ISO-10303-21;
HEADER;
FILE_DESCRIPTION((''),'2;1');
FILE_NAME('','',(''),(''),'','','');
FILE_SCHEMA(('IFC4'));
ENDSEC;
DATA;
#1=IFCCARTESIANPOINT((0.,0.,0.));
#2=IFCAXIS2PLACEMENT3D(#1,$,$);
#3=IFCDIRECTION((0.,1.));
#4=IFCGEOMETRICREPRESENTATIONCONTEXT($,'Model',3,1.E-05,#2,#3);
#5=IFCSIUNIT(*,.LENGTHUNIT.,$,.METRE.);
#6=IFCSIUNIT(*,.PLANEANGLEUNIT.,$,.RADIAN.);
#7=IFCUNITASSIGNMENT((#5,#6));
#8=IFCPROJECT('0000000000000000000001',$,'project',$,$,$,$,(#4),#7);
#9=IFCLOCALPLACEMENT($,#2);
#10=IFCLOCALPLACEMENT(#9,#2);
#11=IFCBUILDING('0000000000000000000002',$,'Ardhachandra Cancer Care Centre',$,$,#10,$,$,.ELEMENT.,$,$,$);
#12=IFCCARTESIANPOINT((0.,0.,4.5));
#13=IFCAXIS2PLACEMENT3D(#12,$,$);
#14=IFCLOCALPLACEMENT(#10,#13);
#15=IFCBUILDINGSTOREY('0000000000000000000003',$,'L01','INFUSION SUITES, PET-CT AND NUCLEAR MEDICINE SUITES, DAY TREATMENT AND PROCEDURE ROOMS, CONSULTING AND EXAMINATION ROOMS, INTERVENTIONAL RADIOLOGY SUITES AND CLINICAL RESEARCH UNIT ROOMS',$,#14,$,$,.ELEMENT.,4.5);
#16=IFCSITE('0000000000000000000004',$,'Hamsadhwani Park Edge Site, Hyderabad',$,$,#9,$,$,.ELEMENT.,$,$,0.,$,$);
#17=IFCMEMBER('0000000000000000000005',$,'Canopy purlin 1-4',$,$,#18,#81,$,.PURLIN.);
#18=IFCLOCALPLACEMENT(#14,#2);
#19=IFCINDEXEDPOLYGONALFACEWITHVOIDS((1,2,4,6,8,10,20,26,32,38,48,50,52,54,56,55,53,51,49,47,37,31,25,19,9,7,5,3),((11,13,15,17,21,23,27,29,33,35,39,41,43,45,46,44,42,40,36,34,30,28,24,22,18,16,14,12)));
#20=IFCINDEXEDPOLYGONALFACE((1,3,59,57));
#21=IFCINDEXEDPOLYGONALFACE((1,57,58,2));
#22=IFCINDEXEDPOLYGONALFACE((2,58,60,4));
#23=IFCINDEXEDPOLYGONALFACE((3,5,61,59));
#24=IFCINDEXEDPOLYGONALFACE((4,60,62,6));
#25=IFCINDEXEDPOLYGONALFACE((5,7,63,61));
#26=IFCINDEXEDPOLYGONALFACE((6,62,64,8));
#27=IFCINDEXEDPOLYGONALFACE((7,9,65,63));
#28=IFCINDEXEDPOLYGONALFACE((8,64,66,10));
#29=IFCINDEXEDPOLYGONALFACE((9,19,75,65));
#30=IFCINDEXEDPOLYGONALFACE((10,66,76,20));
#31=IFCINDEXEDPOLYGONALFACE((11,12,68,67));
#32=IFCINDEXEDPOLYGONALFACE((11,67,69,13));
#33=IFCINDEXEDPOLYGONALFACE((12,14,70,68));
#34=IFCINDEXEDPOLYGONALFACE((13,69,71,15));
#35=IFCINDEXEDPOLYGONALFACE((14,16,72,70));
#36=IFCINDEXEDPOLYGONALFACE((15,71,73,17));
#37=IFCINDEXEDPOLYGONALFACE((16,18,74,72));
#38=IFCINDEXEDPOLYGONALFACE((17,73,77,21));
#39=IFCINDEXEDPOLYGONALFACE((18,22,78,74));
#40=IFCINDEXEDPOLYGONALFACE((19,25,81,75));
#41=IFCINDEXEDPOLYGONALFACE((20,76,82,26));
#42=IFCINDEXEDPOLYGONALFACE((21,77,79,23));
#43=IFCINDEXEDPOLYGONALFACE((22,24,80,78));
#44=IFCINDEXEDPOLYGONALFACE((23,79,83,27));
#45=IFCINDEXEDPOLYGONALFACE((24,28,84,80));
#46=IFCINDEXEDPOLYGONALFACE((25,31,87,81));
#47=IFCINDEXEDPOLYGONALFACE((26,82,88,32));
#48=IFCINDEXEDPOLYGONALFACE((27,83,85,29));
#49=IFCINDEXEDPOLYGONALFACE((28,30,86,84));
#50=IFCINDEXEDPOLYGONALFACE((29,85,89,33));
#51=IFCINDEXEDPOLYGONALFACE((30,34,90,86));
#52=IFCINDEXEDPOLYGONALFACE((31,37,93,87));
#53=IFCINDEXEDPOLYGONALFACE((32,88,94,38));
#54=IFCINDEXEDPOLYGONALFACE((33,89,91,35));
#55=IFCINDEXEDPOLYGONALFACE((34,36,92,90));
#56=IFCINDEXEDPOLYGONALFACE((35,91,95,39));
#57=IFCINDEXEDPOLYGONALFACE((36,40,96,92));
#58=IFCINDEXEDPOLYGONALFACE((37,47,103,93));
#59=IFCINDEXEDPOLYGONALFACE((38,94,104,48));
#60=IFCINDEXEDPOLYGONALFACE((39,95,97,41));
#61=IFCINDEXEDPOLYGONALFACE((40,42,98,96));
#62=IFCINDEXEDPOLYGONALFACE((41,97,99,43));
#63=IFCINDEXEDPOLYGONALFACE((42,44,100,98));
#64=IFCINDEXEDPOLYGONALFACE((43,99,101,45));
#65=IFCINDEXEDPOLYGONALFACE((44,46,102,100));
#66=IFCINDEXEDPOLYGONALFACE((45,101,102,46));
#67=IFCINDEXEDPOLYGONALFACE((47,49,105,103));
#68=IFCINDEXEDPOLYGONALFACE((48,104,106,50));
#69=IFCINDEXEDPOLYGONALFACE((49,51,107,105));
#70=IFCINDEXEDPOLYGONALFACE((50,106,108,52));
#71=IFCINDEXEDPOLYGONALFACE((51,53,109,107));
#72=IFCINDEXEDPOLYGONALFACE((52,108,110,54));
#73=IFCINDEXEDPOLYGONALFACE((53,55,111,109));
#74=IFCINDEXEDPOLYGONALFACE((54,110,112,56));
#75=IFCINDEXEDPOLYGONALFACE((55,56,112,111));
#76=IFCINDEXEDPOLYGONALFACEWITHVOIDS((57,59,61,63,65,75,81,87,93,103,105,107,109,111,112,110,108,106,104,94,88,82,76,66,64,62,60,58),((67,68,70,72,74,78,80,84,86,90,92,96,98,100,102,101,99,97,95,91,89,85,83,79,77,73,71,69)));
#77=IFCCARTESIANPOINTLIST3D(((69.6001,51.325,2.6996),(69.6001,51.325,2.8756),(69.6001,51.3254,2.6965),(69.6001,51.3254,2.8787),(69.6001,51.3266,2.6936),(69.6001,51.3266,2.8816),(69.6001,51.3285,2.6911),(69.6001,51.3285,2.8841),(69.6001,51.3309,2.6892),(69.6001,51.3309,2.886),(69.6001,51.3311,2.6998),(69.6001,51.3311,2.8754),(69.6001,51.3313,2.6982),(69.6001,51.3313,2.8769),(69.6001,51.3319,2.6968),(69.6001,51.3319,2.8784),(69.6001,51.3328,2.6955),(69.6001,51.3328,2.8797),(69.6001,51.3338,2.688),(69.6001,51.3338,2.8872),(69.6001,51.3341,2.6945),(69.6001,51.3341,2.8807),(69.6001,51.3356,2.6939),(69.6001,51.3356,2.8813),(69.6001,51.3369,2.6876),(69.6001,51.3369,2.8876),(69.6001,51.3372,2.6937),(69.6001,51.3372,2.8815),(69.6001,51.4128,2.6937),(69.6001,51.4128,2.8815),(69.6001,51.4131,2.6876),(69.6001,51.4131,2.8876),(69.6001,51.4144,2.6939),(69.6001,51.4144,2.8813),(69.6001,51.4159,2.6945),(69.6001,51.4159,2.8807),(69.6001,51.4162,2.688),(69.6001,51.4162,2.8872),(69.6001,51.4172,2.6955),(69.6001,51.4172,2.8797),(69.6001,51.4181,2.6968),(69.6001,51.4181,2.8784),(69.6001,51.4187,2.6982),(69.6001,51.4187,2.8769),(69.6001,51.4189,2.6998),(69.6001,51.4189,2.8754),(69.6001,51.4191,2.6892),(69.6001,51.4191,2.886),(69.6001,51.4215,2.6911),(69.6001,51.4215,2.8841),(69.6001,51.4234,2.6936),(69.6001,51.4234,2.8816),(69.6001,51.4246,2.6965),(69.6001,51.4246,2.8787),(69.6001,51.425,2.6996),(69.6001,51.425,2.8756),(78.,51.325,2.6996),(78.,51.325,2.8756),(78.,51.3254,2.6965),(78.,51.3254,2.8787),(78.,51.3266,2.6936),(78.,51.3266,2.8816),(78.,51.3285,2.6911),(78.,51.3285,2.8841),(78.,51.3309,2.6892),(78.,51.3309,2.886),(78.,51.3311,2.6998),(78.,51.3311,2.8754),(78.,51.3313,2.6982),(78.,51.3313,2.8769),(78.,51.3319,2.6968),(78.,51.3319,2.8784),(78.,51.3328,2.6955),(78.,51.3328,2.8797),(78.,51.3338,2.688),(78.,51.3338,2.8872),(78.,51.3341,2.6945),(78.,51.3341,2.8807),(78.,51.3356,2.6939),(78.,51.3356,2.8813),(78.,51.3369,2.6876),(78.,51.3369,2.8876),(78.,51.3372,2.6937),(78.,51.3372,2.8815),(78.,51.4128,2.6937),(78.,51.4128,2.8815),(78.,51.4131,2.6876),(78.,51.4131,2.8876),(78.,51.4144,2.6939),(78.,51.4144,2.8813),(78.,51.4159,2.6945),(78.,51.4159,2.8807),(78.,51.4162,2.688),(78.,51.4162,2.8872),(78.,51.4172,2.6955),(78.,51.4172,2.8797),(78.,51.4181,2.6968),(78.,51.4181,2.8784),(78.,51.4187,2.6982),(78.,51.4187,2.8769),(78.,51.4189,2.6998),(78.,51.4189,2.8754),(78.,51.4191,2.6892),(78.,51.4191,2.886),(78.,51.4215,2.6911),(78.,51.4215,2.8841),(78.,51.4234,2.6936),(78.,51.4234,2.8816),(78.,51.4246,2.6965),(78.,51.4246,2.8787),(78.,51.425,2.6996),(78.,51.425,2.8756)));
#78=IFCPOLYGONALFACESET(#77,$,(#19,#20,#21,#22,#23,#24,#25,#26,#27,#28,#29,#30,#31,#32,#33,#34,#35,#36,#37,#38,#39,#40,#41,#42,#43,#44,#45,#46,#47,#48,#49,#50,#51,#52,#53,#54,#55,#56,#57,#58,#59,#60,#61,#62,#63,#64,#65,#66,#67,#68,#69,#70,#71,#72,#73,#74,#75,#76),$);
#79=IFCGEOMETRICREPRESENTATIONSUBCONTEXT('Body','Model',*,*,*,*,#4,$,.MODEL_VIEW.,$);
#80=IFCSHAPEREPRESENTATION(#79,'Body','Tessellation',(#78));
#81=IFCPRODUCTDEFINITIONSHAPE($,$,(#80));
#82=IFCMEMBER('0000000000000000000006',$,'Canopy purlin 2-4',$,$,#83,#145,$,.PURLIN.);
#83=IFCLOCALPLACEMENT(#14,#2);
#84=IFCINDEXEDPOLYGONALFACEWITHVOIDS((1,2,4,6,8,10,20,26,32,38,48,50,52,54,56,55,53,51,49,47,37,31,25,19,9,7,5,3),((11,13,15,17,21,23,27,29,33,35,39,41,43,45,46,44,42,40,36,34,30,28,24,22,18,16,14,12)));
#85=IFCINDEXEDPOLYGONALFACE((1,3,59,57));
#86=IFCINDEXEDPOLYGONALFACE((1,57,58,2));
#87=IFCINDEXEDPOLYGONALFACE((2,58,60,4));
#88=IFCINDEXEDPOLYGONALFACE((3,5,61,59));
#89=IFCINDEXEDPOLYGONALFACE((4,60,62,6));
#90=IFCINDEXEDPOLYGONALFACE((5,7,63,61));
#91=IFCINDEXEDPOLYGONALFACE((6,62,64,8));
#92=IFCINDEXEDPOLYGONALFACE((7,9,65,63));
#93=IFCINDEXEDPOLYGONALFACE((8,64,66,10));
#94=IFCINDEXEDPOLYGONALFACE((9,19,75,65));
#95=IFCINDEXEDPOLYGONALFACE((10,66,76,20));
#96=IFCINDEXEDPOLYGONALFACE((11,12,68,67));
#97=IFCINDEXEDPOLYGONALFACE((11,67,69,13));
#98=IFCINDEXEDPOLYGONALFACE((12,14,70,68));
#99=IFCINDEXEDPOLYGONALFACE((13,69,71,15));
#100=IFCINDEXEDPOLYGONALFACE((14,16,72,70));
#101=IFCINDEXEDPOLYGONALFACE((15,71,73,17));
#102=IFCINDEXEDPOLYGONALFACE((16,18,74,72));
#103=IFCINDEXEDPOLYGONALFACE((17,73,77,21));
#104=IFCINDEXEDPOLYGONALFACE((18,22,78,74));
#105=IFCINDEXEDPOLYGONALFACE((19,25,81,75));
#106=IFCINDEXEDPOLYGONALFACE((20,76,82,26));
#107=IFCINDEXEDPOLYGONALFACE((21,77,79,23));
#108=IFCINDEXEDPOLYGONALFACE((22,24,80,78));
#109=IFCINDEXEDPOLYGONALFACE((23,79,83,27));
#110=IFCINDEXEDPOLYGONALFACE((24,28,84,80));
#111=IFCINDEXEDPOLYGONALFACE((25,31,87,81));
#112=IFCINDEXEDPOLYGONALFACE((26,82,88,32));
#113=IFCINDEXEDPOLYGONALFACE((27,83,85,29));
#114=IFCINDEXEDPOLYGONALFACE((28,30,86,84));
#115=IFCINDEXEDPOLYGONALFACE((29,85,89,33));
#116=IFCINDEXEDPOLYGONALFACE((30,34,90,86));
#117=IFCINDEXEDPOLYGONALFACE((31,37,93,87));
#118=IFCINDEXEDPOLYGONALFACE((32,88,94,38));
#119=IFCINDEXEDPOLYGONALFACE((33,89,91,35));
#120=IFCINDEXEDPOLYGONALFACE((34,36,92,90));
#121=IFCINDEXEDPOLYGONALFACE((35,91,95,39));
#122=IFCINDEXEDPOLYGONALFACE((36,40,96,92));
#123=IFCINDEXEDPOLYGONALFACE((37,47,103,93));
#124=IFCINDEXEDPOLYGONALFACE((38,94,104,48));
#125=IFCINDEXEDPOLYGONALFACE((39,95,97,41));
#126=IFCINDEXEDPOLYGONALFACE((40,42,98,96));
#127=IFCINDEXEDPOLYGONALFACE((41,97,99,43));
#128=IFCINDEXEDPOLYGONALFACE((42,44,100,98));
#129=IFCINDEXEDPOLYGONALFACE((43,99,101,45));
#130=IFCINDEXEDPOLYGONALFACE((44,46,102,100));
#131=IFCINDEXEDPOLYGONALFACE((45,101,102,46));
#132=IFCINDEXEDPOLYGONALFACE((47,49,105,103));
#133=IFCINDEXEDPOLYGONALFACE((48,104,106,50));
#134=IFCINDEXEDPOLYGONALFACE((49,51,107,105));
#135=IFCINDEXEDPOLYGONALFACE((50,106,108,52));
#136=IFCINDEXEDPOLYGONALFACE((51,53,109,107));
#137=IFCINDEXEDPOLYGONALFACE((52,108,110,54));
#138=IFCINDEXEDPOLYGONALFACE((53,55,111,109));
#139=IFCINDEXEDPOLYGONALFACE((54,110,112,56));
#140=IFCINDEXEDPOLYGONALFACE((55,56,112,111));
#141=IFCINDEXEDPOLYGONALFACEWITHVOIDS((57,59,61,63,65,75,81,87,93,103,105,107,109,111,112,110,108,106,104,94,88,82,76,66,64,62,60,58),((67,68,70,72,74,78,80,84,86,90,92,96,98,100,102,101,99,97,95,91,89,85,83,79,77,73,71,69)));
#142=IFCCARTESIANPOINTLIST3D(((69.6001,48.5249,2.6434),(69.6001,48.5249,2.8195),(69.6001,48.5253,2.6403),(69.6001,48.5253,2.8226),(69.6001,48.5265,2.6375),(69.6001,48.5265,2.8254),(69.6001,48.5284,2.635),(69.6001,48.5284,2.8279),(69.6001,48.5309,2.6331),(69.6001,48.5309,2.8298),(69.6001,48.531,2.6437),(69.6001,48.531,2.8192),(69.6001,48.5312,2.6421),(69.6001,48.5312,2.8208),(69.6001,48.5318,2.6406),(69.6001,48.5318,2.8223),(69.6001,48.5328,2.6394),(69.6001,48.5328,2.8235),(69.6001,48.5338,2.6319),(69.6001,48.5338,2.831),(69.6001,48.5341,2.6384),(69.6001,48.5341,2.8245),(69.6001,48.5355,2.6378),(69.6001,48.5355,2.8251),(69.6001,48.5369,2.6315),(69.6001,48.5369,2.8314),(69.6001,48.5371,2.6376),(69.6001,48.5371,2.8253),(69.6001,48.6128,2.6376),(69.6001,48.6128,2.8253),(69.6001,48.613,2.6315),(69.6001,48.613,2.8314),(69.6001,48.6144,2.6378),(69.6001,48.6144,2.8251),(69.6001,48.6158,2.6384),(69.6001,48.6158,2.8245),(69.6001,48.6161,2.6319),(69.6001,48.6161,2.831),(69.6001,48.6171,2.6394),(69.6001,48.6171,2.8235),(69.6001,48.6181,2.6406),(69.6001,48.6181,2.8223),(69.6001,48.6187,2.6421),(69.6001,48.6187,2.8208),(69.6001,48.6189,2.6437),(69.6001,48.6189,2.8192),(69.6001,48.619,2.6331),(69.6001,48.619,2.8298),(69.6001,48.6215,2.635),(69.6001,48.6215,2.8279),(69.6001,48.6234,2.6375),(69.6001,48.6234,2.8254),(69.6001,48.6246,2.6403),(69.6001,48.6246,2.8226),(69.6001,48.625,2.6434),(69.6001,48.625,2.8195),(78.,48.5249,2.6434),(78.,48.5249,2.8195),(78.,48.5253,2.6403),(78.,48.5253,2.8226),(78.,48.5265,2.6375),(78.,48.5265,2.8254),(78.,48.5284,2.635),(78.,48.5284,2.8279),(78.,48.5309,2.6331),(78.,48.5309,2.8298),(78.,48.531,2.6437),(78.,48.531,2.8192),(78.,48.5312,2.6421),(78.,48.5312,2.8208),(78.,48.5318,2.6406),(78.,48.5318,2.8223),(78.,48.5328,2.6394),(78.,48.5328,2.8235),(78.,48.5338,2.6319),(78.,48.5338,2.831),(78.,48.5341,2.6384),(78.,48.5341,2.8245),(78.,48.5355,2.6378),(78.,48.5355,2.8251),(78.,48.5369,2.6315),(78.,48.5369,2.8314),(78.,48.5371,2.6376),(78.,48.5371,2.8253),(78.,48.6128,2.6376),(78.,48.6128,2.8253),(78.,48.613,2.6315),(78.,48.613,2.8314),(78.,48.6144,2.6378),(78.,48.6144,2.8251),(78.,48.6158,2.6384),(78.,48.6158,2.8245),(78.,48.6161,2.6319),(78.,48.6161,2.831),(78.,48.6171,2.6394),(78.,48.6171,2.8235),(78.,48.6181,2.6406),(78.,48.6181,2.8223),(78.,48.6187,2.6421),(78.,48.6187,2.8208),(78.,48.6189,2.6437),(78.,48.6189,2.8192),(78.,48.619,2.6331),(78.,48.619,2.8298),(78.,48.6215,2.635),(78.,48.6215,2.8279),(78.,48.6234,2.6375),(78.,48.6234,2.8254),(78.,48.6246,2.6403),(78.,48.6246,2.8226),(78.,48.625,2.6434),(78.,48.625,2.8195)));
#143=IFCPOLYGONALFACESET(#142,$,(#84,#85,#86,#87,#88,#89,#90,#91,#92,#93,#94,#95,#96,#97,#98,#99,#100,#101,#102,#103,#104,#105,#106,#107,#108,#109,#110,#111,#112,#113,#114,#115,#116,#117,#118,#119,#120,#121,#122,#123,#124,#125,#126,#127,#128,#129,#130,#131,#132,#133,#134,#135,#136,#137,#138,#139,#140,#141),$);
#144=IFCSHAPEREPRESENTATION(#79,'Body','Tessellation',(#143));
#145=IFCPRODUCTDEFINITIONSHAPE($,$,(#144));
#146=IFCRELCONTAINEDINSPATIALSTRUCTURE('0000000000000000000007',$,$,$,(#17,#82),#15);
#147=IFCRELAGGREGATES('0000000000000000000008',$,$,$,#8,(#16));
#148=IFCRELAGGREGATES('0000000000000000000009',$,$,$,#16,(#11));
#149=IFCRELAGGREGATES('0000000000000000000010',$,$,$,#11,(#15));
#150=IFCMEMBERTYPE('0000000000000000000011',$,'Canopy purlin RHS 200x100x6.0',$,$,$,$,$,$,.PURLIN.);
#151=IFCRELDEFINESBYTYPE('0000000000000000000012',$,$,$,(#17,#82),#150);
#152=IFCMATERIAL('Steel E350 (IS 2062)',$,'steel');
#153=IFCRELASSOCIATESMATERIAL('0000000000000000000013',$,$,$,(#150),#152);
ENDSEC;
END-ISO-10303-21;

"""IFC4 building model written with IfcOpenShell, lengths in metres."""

from ifc_helpers import new_model, si_unit, direction, frame, origin, origin_2d, place, context, subcontext, project, spatial, hollow_rectangle, extrude, material, material_profile, profile_set, type_object, element, save


model = new_model("IFC4")

# Units and contexts
model_context = context("Model", 3, precision=1e-05, world=origin(), true_north=direction((0.0, 1.0)))
body_context = subcontext(model_context, "Body", "Model", "MODEL_VIEW")
ifc_project = project(units=[si_unit("LENGTHUNIT", "METRE"), si_unit("PLANEANGLEUNIT", "RADIAN")], contexts=[model_context])

# Site, building, storey
site_placement = place(None, origin())
site = spatial("IfcSite", under=ifc_project, at=site_placement, Name="Hamsadhwani Park Edge Site, Hyderabad", CompositionType="ELEMENT", RefElevation=0.0)
building_placement = place(site_placement, origin())
building = spatial("IfcBuilding", under=site, at=building_placement, Name="Ardhachandra Cancer Care Centre", CompositionType="ELEMENT")
storey_placement = place(building_placement, frame((0.0, 0.0, 4.5)))
storey = spatial("IfcBuildingStorey", under=building, at=storey_placement, Name="L01", Description="INFUSION SUITES, PET-CT AND NUCLEAR MEDICINE SUITES, DAY TREATMENT AND PROCEDURE ROOMS, CONSULTING AND EXAMINATION ROOMS, INTERVENTIONAL RADIOLOGY SUITES AND CLINICAL RESEARCH UNIT ROOMS", CompositionType="ELEMENT", Elevation=4.5)

# Members
ifc_material_1 = material(Name="Steel E350 (IS 2062)", Category="steel")
ifc_material_profile_1 = material_profile(ifc_material_1, hollow_rectangle(XDim=0.1001, YDim=0.2, WallThickness=0.0061, InnerFilletRadius=0.0061, OuterFilletRadius=0.012, at=origin_2d()), Name="RHS 200x100x6.0")
ifc_profile_set_1 = profile_set([ifc_material_profile_1], Name="Steel E350 (IS 2062)")
member_type_1 = type_object("IfcMemberType", Name="Canopy purlin RHS 200x100x6.0", PredefinedType="PURLIN", material=ifc_profile_set_1)
for number, where, z_axis, x_axis, name in (
    (1, (69.6001, 51.375, 2.7876), (1.0, 0.0, 0.0), (0.0, 1.0, 0.0), "Canopy purlin 1-4"),
    (2, (69.6001, 48.575, 2.7314), (1.0, 0.0, 0.0), (0.0, 1.0, 0.0), "Canopy purlin 2-4"),
):
    element("IfcMember", number, at=place(storey_placement, frame(where, z_axis=z_axis, x_axis=x_axis)), inside=storey, type_object=member_type_1, Name=name, PredefinedType="PURLIN", context=body_context, shape_type="SweptSolid", body=[
        extrude(hollow_rectangle(XDim=0.1001, YDim=0.2, WallThickness=0.0061, InnerFilletRadius=0.0061, OuterFilletRadius=0.012, at=origin_2d()), origin(), (0.0, 0.0, 1.0), 8.3999),
    ])

save(model, "model.ifc")
